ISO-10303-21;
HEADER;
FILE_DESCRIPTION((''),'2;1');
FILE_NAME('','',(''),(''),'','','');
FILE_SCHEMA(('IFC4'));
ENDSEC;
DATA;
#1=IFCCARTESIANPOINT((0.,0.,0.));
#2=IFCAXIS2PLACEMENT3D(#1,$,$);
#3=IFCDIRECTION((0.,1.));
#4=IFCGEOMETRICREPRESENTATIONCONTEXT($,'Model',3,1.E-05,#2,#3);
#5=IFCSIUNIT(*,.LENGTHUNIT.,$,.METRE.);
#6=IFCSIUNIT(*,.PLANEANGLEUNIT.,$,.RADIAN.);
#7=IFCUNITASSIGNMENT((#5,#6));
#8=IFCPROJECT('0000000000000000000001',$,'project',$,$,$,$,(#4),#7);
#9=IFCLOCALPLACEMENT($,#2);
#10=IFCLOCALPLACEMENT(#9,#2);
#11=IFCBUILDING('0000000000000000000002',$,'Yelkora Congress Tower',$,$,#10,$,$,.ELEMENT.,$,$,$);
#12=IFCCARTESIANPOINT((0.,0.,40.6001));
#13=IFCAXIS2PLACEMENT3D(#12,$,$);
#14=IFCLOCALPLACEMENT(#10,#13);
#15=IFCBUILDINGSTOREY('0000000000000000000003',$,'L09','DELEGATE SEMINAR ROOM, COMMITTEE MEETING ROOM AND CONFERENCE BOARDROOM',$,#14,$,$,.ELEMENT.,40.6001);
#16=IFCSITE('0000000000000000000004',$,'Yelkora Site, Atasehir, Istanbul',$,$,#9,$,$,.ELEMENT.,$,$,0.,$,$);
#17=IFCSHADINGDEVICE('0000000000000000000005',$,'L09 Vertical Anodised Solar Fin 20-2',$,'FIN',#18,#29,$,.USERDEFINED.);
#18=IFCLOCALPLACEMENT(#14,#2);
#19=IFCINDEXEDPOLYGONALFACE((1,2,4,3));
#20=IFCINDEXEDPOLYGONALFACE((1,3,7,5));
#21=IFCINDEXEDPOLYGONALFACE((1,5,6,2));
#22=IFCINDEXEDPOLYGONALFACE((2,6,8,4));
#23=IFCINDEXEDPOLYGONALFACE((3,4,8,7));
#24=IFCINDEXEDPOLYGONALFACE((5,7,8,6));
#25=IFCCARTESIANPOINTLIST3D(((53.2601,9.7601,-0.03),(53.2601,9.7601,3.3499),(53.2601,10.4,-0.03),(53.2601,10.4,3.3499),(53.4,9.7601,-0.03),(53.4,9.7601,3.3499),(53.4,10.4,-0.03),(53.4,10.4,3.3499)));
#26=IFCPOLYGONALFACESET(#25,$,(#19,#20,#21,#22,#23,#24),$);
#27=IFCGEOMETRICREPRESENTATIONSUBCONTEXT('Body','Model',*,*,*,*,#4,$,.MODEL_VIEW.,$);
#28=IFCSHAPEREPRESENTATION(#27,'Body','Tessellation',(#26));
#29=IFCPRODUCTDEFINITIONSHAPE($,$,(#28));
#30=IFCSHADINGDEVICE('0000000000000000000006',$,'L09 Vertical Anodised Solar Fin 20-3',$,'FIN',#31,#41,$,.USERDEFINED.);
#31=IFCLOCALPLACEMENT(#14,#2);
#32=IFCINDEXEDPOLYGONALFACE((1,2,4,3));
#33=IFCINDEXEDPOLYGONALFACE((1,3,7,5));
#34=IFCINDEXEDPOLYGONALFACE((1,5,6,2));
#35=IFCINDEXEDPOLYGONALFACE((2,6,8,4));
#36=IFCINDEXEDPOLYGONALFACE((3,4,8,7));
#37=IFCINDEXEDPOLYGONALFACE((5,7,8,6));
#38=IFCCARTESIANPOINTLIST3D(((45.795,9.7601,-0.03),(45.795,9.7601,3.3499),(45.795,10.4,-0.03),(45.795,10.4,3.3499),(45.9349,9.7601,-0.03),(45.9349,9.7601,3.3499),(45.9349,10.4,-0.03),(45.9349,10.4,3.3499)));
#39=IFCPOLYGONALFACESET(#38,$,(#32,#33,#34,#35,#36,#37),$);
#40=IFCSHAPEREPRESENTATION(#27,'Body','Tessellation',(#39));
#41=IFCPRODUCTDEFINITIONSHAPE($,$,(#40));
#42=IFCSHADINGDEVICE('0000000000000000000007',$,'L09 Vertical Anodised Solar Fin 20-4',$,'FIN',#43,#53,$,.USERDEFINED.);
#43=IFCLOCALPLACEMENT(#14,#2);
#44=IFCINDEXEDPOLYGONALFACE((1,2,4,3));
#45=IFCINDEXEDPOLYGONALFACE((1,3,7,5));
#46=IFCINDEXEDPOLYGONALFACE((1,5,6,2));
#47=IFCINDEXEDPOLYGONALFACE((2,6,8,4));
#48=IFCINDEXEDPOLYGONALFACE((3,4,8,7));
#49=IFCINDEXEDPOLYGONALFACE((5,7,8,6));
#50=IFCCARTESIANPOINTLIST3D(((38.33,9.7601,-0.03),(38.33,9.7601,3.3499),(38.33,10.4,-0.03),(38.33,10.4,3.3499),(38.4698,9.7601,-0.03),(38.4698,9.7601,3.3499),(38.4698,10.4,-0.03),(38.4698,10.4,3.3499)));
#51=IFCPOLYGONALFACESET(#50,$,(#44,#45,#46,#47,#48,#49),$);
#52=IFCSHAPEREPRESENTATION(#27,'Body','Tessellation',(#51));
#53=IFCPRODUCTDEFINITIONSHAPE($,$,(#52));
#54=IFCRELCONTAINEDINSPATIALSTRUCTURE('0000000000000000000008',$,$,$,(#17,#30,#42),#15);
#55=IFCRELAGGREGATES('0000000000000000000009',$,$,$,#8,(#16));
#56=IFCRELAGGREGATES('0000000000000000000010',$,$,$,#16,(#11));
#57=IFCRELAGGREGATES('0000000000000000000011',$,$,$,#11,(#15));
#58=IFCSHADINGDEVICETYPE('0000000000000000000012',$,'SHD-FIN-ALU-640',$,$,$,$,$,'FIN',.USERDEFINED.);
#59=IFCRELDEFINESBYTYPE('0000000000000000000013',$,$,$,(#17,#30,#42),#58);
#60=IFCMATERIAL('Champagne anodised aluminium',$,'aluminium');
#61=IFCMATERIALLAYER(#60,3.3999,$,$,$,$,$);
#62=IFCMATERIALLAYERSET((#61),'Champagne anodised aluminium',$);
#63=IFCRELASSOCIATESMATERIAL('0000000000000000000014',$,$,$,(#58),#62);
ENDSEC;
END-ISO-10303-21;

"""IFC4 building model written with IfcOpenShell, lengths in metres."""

from ifc_helpers import new_model, si_unit, direction, frame, origin, origin_2d, place, context, subcontext, project, spatial, rectangle, extrude, material, layer, layer_set, type_object, element, save


model = new_model("IFC4")

# Units and contexts
model_context = context("Model", 3, precision=1e-05, world=origin(), true_north=direction((0.0, 1.0)))
body_context = subcontext(model_context, "Body", "Model", "MODEL_VIEW")
ifc_project = project(units=[si_unit("LENGTHUNIT", "METRE"), si_unit("PLANEANGLEUNIT", "RADIAN")], contexts=[model_context])

# Site, building, storey
site_placement = place(None, origin())
site = spatial("IfcSite", under=ifc_project, at=site_placement, Name="Yelkora Site, Atasehir, Istanbul", CompositionType="ELEMENT", RefElevation=0.0)
building_placement = place(site_placement, origin())
building = spatial("IfcBuilding", under=site, at=building_placement, Name="Yelkora Congress Tower", CompositionType="ELEMENT")
storey_placement = place(building_placement, frame((0.0, 0.0, 40.6001)))
storey = spatial("IfcBuildingStorey", under=building, at=storey_placement, Name="L09", Description="DELEGATE SEMINAR ROOM, COMMITTEE MEETING ROOM AND CONFERENCE BOARDROOM", CompositionType="ELEMENT", Elevation=40.6001)

# Shading devices
ifc_material_1 = material(Name="Champagne anodised aluminium", Category="aluminium")
ifc_layer_1 = layer(ifc_material_1, 3.3999)
ifc_layer_set_1 = layer_set([ifc_layer_1], Name="Champagne anodised aluminium")
shading_device_type = type_object("IfcShadingDeviceType", Name="SHD-FIN-ALU-640", ElementType="FIN", PredefinedType="USERDEFINED", material=ifc_layer_set_1)
for number, where, z_axis, x_axis, name in (
    (1, (53.3301, 10.0801, -0.03), (0.0, 0.0, 1.0), (-1.0, 0.0, 0.0), "L09 Vertical Anodised Solar Fin 20-2"),
    (2, (45.865, 10.0801, -0.03), (0.0, 0.0, 1.0), (-1.0, 0.0, 0.0), "L09 Vertical Anodised Solar Fin 20-3"),
    (3, (38.3999, 10.0801, -0.03), (0.0, 0.0, 1.0), (-1.0, 0.0, 0.0), "L09 Vertical Anodised Solar Fin 20-4"),
):
    element("IfcShadingDevice", number, at=place(storey_placement, frame(where, z_axis=z_axis, x_axis=x_axis)), inside=storey, type_object=shading_device_type, Name=name, ObjectType="FIN", PredefinedType="USERDEFINED", context=body_context, shape_type="SweptSolid", body=[
        extrude(rectangle(XDim=0.1399, YDim=0.6399, at=origin_2d()), origin(), (0.0, 0.0, 1.0), 3.3799),
    ])

save(model, "model.ifc")
